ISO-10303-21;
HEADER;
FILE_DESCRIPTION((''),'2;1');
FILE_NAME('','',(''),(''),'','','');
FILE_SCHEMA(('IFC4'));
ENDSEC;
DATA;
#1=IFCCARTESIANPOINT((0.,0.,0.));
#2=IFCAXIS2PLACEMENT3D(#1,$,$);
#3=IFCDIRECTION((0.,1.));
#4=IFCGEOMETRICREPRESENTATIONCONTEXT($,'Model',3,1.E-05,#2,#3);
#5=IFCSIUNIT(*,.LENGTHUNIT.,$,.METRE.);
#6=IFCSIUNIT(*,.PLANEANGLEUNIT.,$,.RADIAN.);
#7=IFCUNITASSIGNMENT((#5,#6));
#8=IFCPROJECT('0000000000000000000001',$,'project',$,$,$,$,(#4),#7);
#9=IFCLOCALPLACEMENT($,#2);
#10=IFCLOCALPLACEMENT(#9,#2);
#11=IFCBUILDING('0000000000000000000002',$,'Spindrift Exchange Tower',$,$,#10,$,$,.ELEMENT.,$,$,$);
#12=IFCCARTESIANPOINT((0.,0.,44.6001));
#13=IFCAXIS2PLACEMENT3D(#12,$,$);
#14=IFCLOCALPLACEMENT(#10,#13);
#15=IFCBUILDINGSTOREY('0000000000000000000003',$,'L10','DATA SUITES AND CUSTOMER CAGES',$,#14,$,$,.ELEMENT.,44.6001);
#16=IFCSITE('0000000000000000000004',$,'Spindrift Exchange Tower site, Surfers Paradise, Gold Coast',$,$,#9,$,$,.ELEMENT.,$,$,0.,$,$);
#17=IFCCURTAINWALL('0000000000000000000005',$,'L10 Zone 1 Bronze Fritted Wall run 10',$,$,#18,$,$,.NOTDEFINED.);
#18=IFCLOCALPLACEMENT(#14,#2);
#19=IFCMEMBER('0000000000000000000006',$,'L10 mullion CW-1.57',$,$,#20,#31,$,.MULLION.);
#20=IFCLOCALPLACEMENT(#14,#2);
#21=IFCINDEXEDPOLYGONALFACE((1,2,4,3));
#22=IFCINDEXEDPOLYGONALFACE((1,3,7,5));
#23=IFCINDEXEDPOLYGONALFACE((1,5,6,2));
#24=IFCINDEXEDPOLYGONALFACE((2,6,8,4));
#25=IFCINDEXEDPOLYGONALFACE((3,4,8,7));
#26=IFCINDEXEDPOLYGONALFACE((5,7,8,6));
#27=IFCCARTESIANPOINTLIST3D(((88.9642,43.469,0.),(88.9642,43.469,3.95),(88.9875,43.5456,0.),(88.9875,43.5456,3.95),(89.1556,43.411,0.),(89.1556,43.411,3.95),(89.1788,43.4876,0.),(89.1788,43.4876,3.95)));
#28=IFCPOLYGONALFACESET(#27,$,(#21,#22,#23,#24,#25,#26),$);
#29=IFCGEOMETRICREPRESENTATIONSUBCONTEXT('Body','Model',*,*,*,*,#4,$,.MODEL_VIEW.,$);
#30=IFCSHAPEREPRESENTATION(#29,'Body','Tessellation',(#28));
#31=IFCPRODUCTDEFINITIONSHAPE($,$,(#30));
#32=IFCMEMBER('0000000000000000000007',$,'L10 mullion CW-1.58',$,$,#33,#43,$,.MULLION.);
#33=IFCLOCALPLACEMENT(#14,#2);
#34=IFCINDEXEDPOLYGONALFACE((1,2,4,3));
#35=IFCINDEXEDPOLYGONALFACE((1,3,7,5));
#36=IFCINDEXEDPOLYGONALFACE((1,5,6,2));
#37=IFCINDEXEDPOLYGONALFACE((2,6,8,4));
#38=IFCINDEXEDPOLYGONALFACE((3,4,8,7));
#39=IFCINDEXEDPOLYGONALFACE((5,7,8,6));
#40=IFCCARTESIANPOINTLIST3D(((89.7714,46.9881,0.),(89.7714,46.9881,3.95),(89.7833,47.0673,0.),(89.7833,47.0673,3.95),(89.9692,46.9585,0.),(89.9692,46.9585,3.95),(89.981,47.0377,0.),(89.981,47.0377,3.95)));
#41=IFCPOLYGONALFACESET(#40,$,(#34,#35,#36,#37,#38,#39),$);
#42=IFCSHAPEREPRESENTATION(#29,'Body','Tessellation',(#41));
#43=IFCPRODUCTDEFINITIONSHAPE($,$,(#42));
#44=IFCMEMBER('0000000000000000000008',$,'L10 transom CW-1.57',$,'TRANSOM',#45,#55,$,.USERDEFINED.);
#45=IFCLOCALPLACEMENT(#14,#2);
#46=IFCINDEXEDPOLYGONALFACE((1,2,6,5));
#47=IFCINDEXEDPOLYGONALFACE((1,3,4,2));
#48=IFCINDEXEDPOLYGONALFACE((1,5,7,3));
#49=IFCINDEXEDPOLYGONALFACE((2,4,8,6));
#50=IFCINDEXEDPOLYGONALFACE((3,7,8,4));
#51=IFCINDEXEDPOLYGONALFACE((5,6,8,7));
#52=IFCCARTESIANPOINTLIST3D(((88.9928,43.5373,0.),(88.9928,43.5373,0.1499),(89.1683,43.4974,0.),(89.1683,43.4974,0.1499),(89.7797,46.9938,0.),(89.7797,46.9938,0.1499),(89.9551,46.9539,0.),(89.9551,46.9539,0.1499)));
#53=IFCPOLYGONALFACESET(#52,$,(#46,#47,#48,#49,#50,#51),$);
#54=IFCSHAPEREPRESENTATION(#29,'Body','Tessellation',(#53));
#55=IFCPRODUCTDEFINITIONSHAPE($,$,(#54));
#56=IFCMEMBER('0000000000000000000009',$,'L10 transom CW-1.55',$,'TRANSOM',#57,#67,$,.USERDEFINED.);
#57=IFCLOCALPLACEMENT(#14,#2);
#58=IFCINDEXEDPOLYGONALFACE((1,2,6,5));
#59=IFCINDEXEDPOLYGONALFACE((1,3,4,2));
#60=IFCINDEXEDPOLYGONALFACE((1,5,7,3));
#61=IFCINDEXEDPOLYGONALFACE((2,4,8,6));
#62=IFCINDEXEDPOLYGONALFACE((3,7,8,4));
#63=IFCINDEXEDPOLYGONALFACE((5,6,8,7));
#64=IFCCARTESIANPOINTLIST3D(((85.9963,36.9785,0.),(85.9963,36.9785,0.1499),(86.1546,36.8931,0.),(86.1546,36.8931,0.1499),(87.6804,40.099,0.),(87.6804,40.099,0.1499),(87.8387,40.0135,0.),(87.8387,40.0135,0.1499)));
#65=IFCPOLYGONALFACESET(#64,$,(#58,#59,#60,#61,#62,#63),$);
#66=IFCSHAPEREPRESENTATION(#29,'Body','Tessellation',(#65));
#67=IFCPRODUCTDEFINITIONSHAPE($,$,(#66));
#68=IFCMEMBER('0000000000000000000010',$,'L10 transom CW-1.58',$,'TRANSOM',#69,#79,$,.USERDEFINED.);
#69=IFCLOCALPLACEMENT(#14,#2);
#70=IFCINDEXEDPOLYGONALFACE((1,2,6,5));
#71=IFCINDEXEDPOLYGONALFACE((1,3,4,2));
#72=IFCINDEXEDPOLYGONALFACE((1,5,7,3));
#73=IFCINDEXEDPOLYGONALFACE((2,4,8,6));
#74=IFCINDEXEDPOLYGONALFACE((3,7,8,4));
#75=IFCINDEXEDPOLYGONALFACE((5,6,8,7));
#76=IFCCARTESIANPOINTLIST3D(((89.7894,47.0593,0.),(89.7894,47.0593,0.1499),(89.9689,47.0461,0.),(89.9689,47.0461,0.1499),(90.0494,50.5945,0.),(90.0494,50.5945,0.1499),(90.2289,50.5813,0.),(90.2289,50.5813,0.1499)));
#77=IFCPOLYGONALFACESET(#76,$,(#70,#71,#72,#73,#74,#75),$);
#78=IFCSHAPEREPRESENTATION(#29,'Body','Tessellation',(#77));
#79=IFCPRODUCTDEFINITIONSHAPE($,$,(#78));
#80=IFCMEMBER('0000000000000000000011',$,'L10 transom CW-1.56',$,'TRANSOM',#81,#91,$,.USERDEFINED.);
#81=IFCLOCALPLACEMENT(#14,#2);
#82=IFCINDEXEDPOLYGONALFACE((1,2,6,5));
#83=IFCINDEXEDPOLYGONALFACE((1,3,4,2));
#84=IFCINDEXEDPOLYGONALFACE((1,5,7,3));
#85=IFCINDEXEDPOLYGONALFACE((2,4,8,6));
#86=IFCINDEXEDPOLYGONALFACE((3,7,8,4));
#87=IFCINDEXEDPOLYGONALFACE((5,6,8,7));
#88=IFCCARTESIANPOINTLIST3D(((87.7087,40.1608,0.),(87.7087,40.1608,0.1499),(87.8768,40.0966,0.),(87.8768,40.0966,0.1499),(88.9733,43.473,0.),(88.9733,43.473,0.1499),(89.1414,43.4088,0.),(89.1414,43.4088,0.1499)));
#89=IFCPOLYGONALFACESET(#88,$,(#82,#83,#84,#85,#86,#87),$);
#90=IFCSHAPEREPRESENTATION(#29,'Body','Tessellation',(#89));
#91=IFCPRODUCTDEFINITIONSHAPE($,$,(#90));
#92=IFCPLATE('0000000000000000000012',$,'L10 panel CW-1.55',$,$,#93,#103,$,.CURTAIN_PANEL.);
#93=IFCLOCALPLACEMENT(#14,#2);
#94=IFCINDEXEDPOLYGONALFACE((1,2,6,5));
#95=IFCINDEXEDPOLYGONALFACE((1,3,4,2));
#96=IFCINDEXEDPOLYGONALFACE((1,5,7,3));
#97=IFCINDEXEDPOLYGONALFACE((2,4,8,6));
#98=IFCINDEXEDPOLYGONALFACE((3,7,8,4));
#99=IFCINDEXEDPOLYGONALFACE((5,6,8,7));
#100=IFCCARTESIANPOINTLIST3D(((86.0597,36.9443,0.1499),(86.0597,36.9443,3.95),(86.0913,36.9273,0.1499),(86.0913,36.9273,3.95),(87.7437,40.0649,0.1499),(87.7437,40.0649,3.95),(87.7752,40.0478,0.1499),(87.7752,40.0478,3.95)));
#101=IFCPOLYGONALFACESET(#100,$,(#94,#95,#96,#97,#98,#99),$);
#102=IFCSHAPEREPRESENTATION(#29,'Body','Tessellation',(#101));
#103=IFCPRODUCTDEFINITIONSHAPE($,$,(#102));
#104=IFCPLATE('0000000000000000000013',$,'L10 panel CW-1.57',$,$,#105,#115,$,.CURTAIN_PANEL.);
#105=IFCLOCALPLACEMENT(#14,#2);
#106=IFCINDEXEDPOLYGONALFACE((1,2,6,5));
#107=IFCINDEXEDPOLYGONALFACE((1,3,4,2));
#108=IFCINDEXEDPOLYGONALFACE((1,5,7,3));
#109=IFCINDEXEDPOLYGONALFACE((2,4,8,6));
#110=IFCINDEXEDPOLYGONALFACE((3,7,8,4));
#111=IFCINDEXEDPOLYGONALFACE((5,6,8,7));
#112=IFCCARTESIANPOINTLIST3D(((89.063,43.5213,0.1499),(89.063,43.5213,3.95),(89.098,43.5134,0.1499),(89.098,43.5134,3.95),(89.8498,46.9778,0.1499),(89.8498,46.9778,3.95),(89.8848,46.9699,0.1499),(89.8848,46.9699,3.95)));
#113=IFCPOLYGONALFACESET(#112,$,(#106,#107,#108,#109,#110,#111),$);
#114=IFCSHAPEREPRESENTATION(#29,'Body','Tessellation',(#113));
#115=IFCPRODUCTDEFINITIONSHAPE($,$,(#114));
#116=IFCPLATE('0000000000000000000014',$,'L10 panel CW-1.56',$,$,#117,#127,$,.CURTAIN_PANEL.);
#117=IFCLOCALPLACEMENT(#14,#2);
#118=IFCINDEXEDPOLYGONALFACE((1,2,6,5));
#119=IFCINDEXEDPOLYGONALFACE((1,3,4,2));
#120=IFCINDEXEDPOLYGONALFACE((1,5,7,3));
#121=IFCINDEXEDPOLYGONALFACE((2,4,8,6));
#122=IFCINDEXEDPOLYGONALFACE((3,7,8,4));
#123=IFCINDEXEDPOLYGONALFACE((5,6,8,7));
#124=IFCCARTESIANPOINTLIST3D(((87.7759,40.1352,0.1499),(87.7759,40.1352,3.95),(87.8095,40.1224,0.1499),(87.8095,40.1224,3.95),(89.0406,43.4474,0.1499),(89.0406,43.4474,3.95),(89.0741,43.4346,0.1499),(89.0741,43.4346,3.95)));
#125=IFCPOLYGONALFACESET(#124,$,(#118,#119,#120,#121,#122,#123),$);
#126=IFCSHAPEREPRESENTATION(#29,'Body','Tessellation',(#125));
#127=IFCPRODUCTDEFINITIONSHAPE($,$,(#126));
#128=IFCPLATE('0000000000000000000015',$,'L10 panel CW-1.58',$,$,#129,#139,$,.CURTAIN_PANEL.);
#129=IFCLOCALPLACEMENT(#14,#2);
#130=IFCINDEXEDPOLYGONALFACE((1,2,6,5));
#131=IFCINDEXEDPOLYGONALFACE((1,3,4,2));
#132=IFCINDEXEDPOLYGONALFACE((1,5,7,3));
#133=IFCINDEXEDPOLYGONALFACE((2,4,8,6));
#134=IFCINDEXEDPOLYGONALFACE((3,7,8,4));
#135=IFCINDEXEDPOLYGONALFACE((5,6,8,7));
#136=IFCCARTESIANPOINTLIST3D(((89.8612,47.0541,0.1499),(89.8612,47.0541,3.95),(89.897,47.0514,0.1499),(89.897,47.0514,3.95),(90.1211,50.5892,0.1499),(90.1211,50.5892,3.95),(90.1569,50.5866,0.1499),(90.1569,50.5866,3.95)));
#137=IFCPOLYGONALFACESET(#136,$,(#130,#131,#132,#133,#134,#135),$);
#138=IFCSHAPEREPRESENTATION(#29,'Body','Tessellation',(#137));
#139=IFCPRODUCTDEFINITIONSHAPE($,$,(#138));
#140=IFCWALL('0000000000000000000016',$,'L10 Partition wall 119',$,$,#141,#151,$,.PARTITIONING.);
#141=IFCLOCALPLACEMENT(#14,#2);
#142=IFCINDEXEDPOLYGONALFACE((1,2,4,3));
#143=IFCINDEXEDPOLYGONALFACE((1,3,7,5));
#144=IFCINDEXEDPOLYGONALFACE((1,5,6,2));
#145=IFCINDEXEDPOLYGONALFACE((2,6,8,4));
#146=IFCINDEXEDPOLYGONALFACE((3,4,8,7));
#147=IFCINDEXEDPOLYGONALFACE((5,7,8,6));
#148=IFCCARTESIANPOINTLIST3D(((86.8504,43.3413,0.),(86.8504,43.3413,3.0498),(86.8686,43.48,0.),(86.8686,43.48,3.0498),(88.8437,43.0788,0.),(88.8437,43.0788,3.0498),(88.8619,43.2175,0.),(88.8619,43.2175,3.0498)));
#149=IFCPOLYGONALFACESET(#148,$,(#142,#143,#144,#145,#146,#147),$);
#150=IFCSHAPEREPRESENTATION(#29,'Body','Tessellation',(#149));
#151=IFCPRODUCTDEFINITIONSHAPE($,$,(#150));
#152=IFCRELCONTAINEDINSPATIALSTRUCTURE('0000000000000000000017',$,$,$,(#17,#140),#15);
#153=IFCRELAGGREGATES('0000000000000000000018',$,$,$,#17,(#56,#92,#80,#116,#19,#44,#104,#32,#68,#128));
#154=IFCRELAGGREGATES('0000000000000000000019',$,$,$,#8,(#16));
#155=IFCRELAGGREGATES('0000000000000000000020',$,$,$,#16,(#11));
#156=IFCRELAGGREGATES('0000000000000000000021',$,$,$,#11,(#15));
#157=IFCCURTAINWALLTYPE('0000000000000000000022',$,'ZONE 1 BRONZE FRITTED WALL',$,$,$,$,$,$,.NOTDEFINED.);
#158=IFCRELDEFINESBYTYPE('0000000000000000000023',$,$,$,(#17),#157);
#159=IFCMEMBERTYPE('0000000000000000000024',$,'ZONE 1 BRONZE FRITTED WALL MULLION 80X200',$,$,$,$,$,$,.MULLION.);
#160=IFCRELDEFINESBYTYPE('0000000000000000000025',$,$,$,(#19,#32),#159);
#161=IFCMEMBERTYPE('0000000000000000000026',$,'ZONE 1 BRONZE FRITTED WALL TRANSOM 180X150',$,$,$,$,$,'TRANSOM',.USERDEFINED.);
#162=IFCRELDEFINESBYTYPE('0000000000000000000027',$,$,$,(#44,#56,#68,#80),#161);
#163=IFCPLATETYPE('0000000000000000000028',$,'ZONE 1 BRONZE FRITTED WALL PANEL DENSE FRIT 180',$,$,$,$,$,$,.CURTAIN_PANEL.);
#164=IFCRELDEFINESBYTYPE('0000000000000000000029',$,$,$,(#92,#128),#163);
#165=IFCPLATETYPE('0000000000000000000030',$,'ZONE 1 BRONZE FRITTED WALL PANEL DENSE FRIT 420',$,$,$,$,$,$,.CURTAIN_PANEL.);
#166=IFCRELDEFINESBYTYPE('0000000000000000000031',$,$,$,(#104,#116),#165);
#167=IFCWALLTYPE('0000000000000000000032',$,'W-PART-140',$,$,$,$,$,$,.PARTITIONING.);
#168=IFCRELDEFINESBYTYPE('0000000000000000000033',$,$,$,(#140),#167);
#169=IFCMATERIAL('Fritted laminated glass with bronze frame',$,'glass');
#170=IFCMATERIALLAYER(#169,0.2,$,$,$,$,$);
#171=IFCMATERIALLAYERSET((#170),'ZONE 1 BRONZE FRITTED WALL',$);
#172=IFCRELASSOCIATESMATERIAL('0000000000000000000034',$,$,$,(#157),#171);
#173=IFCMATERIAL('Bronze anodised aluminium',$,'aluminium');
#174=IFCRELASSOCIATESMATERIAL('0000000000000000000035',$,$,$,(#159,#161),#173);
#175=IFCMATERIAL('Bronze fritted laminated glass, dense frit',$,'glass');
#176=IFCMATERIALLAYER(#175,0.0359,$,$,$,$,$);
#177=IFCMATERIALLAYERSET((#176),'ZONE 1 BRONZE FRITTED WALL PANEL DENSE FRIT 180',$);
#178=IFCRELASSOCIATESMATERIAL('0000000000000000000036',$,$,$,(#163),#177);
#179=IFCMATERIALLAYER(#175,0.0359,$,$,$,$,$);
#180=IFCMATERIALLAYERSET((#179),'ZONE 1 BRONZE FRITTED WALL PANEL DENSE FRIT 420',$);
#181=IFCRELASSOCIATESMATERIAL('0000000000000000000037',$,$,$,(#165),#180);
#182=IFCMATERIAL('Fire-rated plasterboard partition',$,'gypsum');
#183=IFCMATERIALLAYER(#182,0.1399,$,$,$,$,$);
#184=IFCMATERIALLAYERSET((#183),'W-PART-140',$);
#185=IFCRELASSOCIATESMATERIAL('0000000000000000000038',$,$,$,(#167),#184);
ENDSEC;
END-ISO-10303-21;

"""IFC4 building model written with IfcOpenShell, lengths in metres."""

from ifc_helpers import new_model, si_unit, direction, frame, frame_2d, origin, origin_2d, place, context, subcontext, project, spatial, rectangle, extrude, source, transform, mapped, material, layer, layer_set, material_profile, profile_set, type_object, element, aggregate, save


model = new_model("IFC4")

# Units and contexts
model_context = context("Model", 3, precision=1e-05, world=origin(), true_north=direction((0.0, 1.0)))
body_context = subcontext(model_context, "Body", "Model", "MODEL_VIEW")
ifc_project = project(units=[si_unit("LENGTHUNIT", "METRE"), si_unit("PLANEANGLEUNIT", "RADIAN")], contexts=[model_context])

# Site, building, storey
site_placement = place(None, origin())
site = spatial("IfcSite", under=ifc_project, at=site_placement, Name="Spindrift Exchange Tower site, Surfers Paradise, Gold Coast", CompositionType="ELEMENT", RefElevation=0.0)
building_placement = place(site_placement, origin())
building = spatial("IfcBuilding", under=site, at=building_placement, Name="Spindrift Exchange Tower", CompositionType="ELEMENT")
storey_placement = place(building_placement, frame((0.0, 0.0, 44.6001)))
storey = spatial("IfcBuildingStorey", under=building, at=storey_placement, Name="L10", Description="DATA SUITES AND CUSTOMER CAGES", CompositionType="ELEMENT", Elevation=44.6001)

# Curtain wall, members, plates
ifc_material_1 = material(Name="Fritted laminated glass with bronze frame", Category="glass")
ifc_layer_1 = layer(ifc_material_1, 0.2)
ifc_layer_set_1 = layer_set([ifc_layer_1], Name="ZONE 1 BRONZE FRITTED WALL")
curtain_wall_type = type_object("IfcCurtainWallType", Name="ZONE 1 BRONZE FRITTED WALL", PredefinedType="NOTDEFINED", material=ifc_layer_set_1)
curtain_wall_placement = place(storey_placement, origin())
curtain_wall = element("IfcCurtainWall", 1, at=curtain_wall_placement, inside=storey, type_object=curtain_wall_type, Name="L10 Zone 1 Bronze Fritted Wall run 10", PredefinedType="NOTDEFINED")
ifc_material_2 = material(Name="Bronze anodised aluminium", Category="aluminium")
ifc_material_profile_1 = material_profile(ifc_material_2, rectangle(XDim=0.0801, YDim=0.2, at=origin_2d()), Name="ZONE 1 BRONZE FRITTED WALL MULLION 80X200")
ifc_profile_set_1 = profile_set([ifc_material_profile_1], Name="Bronze anodised aluminium")
member_type_1 = type_object("IfcMemberType", Name="ZONE 1 BRONZE FRITTED WALL MULLION 80X200", PredefinedType="MULLION", material=ifc_profile_set_1)
shared_shape_1 = source(origin(), body_context, "Body", "SweptSolid", [
    extrude(rectangle(XDim=0.0801, YDim=0.2, at=origin_2d()), origin(), (0.0, 0.0, 1.0), 3.95),
])
member_1_placement = place(storey_placement, frame((89.0715, 43.4783, 0.0), z_axis=(0.0, 0.0, 1.0), x_axis=(0.290052, 0.957011, 0.0)))
member_1 = element("IfcMember", 2, at=member_1_placement, type_object=member_type_1, Name="L10 mullion CW-1.57", PredefinedType="MULLION", context=body_context, shape_type="MappedRepresentation", body=[
    mapped(shared_shape_1, transform((0.0, 0.0, 0.0), scale=1.0)),
])
member_2_placement = place(storey_placement, frame((89.8762, 47.0129, 0.0), z_axis=(0.0, 0.0, 1.0), x_axis=(0.148064, 0.988978, 0.0)))
member_2 = element("IfcMember", 3, at=member_2_placement, type_object=member_type_1, Name="L10 mullion CW-1.58", PredefinedType="MULLION", context=body_context, shape_type="MappedRepresentation", body=[
    mapped(shared_shape_1, transform((0.0, 0.0, 0.0), scale=1.0)),
])
ifc_material_profile_2 = material_profile(ifc_material_2, rectangle(XDim=0.1799, YDim=0.1499, at=origin_2d()), Name="ZONE 1 BRONZE FRITTED WALL TRANSOM 180X150")
ifc_profile_set_2 = profile_set([ifc_material_profile_2], Name="Bronze anodised aluminium")
member_type_2 = type_object("IfcMemberType", Name="ZONE 1 BRONZE FRITTED WALL TRANSOM 180X150", ElementType="TRANSOM", PredefinedType="USERDEFINED", material=ifc_profile_set_2)
shared_shape_2 = source(origin(), body_context, "Body", "SweptSolid", [
    extrude(rectangle(XDim=0.1799, YDim=0.1499, at=origin_2d()), origin(), (0.0, 0.0, 1.0), 3.5449),
])
member_3_placement = place(storey_placement, frame((89.0806, 43.5173, 0.075), z_axis=(0.221966, 0.975054, 0.0), x_axis=(-0.975054, 0.221966, 0.0)))
member_3 = element("IfcMember", 4, at=member_3_placement, type_object=member_type_2, Name="L10 transom CW-1.57", ObjectType="TRANSOM", PredefinedType="USERDEFINED", context=body_context, shape_type="MappedRepresentation", body=[
    mapped(shared_shape_2, transform((0.0, 0.0, 0.0), scale=1.0)),
])
shared_shape_3 = source(origin(), body_context, "Body", "SweptSolid", [
    extrude(rectangle(XDim=0.1799, YDim=0.1499, at=origin_2d()), origin(), (0.0, 0.0, 1.0), 3.5459),
])
member_4_placement = place(storey_placement, frame((86.0754, 36.9358, 0.075), z_axis=(0.47495, 0.880013, 0.0), x_axis=(-0.880013, 0.47495, 0.0)))
member_4 = element("IfcMember", 5, at=member_4_placement, type_object=member_type_2, Name="L10 transom CW-1.55", ObjectType="TRANSOM", PredefinedType="USERDEFINED", context=body_context, shape_type="MappedRepresentation", body=[
    mapped(shared_shape_3, transform((0.0, 0.0, 0.0), scale=1.0)),
])
shared_shape_4 = source(origin(), body_context, "Body", "SweptSolid", [
    extrude(rectangle(XDim=0.1799, YDim=0.1499, at=origin_2d()), origin(), (0.0, 0.0, 1.0), 3.5447),
])
member_5_placement = place(storey_placement, frame((89.8792, 47.0527, 0.075), z_axis=(0.073352, 0.997306, 0.0), x_axis=(-0.997306, 0.073352, 0.0)))
member_5 = element("IfcMember", 6, at=member_5_placement, type_object=member_type_2, Name="L10 transom CW-1.58", ObjectType="TRANSOM", PredefinedType="USERDEFINED", context=body_context, shape_type="MappedRepresentation", body=[
    mapped(shared_shape_4, transform((0.0, 0.0, 0.0), scale=1.0)),
])
shared_shape_5 = source(origin(), body_context, "Body", "SweptSolid", [
    extrude(rectangle(XDim=0.1799, YDim=0.1499, at=origin_2d()), origin(), (0.0, 0.0, 1.0), 3.5454),
])
member_6_placement = place(storey_placement, frame((87.7927, 40.1287, 0.075), z_axis=(0.356694, 0.934221, 0.0), x_axis=(-0.934221, 0.356694, 0.0)))
member_6 = element("IfcMember", 7, at=member_6_placement, type_object=member_type_2, Name="L10 transom CW-1.56", ObjectType="TRANSOM", PredefinedType="USERDEFINED", context=body_context, shape_type="MappedRepresentation", body=[
    mapped(shared_shape_5, transform((0.0, 0.0, 0.0), scale=1.0)),
])
ifc_material_3 = material(Name="Bronze fritted laminated glass, dense frit", Category="glass")
ifc_layer_2 = layer(ifc_material_3, 0.0359)
ifc_layer_set_2 = layer_set([ifc_layer_2], Name="ZONE 1 BRONZE FRITTED WALL PANEL DENSE FRIT 180")
plate_type_1 = type_object("IfcPlateType", Name="ZONE 1 BRONZE FRITTED WALL PANEL DENSE FRIT 180", PredefinedType="CURTAIN_PANEL", material=ifc_layer_set_2)
shared_shape_6 = source(origin(), body_context, "Body", "SweptSolid", [
    extrude(rectangle(XDim=3.5459, YDim=0.0359, at=origin_2d()), origin(), (0.0, 0.0, 1.0), 3.8),
])
plate_1_placement = place(storey_placement, frame((86.9175, 38.4961, 0.1499), z_axis=(0.0, 0.0, 1.0), x_axis=(0.474896, 0.880042, 0.0)))
plate_1 = element("IfcPlate", 8, at=plate_1_placement, type_object=plate_type_1, Name="L10 panel CW-1.55", PredefinedType="CURTAIN_PANEL", context=body_context, shape_type="MappedRepresentation", body=[
    mapped(shared_shape_6, transform((0.0, 0.0, 0.0), scale=1.0)),
])
ifc_layer_3 = layer(ifc_material_3, 0.0359)
ifc_layer_set_3 = layer_set([ifc_layer_3], Name="ZONE 1 BRONZE FRITTED WALL PANEL DENSE FRIT 420")
plate_type_2 = type_object("IfcPlateType", Name="ZONE 1 BRONZE FRITTED WALL PANEL DENSE FRIT 420", PredefinedType="CURTAIN_PANEL", material=ifc_layer_set_3)
shared_shape_7 = source(origin(), body_context, "Body", "SweptSolid", [
    extrude(rectangle(XDim=3.5449, YDim=0.0359, at=origin_2d()), origin(), (0.0, 0.0, 1.0), 3.8),
])
plate_2_placement = place(storey_placement, frame((89.4739, 45.2456, 0.1499), z_axis=(0.0, 0.0, 1.0), x_axis=(0.221957, 0.975056, 0.0)))
plate_2 = element("IfcPlate", 9, at=plate_2_placement, type_object=plate_type_2, Name="L10 panel CW-1.57", PredefinedType="CURTAIN_PANEL", context=body_context, shape_type="MappedRepresentation", body=[
    mapped(shared_shape_7, transform((0.0, 0.0, 0.0), scale=1.0)),
])
shared_shape_8 = source(origin(), body_context, "Body", "SweptSolid", [
    extrude(rectangle(XDim=3.5454, YDim=0.0359, at=origin_2d()), origin(), (0.0, 0.0, 1.0), 3.8),
])
plate_3_placement = place(storey_placement, frame((88.425, 41.7849, 0.1499), z_axis=(0.0, 0.0, 1.0), x_axis=(0.356707, 0.934216, 0.0)))
plate_3 = element("IfcPlate", 10, at=plate_3_placement, type_object=plate_type_2, Name="L10 panel CW-1.56", PredefinedType="CURTAIN_PANEL", context=body_context, shape_type="MappedRepresentation", body=[
    mapped(shared_shape_8, transform((0.0, 0.0, 0.0), scale=1.0)),
])
shared_shape_9 = source(origin(), body_context, "Body", "SweptSolid", [
    extrude(rectangle(XDim=3.5447, YDim=0.0359, at=origin_2d()), origin(), (0.0, 0.0, 1.0), 3.8),
])
plate_4_placement = place(storey_placement, frame((90.009, 48.8203, 0.1499), z_axis=(0.0, 0.0, 1.0), x_axis=(0.073332, 0.997308, 0.0)))
plate_4 = element("IfcPlate", 11, at=plate_4_placement, type_object=plate_type_1, Name="L10 panel CW-1.58", PredefinedType="CURTAIN_PANEL", context=body_context, shape_type="MappedRepresentation", body=[
    mapped(shared_shape_9, transform((0.0, 0.0, 0.0), scale=1.0)),
])
aggregate(curtain_wall, [member_4, plate_1, member_6, plate_3, member_1, member_3, plate_2, member_2, member_5, plate_4])

# Wall
ifc_material_4 = material(Name="Fire-rated plasterboard partition", Category="gypsum")
ifc_layer_4 = layer(ifc_material_4, 0.1399)
ifc_layer_set_4 = layer_set([ifc_layer_4], Name="W-PART-140")
wall_type = type_object("IfcWallType", Name="W-PART-140", PredefinedType="PARTITIONING", material=ifc_layer_set_4)
wall_placement = place(storey_placement, frame((86.8594, 43.4106, 0.0), z_axis=(0.0, 0.0, 1.0), x_axis=(0.991444, -0.130533, 0.0)))
element("IfcWall", 12, at=wall_placement, inside=storey, type_object=wall_type, Name="L10 Partition wall 119", PredefinedType="PARTITIONING", context=body_context, shape_type="SweptSolid", body=[
    extrude(rectangle(XDim=2.0105, YDim=0.1399, at=frame_2d((1.0054, 0.0))), origin(), (0.0, 0.0, 1.0), 3.0498),
])

save(model, "model.ifc")
